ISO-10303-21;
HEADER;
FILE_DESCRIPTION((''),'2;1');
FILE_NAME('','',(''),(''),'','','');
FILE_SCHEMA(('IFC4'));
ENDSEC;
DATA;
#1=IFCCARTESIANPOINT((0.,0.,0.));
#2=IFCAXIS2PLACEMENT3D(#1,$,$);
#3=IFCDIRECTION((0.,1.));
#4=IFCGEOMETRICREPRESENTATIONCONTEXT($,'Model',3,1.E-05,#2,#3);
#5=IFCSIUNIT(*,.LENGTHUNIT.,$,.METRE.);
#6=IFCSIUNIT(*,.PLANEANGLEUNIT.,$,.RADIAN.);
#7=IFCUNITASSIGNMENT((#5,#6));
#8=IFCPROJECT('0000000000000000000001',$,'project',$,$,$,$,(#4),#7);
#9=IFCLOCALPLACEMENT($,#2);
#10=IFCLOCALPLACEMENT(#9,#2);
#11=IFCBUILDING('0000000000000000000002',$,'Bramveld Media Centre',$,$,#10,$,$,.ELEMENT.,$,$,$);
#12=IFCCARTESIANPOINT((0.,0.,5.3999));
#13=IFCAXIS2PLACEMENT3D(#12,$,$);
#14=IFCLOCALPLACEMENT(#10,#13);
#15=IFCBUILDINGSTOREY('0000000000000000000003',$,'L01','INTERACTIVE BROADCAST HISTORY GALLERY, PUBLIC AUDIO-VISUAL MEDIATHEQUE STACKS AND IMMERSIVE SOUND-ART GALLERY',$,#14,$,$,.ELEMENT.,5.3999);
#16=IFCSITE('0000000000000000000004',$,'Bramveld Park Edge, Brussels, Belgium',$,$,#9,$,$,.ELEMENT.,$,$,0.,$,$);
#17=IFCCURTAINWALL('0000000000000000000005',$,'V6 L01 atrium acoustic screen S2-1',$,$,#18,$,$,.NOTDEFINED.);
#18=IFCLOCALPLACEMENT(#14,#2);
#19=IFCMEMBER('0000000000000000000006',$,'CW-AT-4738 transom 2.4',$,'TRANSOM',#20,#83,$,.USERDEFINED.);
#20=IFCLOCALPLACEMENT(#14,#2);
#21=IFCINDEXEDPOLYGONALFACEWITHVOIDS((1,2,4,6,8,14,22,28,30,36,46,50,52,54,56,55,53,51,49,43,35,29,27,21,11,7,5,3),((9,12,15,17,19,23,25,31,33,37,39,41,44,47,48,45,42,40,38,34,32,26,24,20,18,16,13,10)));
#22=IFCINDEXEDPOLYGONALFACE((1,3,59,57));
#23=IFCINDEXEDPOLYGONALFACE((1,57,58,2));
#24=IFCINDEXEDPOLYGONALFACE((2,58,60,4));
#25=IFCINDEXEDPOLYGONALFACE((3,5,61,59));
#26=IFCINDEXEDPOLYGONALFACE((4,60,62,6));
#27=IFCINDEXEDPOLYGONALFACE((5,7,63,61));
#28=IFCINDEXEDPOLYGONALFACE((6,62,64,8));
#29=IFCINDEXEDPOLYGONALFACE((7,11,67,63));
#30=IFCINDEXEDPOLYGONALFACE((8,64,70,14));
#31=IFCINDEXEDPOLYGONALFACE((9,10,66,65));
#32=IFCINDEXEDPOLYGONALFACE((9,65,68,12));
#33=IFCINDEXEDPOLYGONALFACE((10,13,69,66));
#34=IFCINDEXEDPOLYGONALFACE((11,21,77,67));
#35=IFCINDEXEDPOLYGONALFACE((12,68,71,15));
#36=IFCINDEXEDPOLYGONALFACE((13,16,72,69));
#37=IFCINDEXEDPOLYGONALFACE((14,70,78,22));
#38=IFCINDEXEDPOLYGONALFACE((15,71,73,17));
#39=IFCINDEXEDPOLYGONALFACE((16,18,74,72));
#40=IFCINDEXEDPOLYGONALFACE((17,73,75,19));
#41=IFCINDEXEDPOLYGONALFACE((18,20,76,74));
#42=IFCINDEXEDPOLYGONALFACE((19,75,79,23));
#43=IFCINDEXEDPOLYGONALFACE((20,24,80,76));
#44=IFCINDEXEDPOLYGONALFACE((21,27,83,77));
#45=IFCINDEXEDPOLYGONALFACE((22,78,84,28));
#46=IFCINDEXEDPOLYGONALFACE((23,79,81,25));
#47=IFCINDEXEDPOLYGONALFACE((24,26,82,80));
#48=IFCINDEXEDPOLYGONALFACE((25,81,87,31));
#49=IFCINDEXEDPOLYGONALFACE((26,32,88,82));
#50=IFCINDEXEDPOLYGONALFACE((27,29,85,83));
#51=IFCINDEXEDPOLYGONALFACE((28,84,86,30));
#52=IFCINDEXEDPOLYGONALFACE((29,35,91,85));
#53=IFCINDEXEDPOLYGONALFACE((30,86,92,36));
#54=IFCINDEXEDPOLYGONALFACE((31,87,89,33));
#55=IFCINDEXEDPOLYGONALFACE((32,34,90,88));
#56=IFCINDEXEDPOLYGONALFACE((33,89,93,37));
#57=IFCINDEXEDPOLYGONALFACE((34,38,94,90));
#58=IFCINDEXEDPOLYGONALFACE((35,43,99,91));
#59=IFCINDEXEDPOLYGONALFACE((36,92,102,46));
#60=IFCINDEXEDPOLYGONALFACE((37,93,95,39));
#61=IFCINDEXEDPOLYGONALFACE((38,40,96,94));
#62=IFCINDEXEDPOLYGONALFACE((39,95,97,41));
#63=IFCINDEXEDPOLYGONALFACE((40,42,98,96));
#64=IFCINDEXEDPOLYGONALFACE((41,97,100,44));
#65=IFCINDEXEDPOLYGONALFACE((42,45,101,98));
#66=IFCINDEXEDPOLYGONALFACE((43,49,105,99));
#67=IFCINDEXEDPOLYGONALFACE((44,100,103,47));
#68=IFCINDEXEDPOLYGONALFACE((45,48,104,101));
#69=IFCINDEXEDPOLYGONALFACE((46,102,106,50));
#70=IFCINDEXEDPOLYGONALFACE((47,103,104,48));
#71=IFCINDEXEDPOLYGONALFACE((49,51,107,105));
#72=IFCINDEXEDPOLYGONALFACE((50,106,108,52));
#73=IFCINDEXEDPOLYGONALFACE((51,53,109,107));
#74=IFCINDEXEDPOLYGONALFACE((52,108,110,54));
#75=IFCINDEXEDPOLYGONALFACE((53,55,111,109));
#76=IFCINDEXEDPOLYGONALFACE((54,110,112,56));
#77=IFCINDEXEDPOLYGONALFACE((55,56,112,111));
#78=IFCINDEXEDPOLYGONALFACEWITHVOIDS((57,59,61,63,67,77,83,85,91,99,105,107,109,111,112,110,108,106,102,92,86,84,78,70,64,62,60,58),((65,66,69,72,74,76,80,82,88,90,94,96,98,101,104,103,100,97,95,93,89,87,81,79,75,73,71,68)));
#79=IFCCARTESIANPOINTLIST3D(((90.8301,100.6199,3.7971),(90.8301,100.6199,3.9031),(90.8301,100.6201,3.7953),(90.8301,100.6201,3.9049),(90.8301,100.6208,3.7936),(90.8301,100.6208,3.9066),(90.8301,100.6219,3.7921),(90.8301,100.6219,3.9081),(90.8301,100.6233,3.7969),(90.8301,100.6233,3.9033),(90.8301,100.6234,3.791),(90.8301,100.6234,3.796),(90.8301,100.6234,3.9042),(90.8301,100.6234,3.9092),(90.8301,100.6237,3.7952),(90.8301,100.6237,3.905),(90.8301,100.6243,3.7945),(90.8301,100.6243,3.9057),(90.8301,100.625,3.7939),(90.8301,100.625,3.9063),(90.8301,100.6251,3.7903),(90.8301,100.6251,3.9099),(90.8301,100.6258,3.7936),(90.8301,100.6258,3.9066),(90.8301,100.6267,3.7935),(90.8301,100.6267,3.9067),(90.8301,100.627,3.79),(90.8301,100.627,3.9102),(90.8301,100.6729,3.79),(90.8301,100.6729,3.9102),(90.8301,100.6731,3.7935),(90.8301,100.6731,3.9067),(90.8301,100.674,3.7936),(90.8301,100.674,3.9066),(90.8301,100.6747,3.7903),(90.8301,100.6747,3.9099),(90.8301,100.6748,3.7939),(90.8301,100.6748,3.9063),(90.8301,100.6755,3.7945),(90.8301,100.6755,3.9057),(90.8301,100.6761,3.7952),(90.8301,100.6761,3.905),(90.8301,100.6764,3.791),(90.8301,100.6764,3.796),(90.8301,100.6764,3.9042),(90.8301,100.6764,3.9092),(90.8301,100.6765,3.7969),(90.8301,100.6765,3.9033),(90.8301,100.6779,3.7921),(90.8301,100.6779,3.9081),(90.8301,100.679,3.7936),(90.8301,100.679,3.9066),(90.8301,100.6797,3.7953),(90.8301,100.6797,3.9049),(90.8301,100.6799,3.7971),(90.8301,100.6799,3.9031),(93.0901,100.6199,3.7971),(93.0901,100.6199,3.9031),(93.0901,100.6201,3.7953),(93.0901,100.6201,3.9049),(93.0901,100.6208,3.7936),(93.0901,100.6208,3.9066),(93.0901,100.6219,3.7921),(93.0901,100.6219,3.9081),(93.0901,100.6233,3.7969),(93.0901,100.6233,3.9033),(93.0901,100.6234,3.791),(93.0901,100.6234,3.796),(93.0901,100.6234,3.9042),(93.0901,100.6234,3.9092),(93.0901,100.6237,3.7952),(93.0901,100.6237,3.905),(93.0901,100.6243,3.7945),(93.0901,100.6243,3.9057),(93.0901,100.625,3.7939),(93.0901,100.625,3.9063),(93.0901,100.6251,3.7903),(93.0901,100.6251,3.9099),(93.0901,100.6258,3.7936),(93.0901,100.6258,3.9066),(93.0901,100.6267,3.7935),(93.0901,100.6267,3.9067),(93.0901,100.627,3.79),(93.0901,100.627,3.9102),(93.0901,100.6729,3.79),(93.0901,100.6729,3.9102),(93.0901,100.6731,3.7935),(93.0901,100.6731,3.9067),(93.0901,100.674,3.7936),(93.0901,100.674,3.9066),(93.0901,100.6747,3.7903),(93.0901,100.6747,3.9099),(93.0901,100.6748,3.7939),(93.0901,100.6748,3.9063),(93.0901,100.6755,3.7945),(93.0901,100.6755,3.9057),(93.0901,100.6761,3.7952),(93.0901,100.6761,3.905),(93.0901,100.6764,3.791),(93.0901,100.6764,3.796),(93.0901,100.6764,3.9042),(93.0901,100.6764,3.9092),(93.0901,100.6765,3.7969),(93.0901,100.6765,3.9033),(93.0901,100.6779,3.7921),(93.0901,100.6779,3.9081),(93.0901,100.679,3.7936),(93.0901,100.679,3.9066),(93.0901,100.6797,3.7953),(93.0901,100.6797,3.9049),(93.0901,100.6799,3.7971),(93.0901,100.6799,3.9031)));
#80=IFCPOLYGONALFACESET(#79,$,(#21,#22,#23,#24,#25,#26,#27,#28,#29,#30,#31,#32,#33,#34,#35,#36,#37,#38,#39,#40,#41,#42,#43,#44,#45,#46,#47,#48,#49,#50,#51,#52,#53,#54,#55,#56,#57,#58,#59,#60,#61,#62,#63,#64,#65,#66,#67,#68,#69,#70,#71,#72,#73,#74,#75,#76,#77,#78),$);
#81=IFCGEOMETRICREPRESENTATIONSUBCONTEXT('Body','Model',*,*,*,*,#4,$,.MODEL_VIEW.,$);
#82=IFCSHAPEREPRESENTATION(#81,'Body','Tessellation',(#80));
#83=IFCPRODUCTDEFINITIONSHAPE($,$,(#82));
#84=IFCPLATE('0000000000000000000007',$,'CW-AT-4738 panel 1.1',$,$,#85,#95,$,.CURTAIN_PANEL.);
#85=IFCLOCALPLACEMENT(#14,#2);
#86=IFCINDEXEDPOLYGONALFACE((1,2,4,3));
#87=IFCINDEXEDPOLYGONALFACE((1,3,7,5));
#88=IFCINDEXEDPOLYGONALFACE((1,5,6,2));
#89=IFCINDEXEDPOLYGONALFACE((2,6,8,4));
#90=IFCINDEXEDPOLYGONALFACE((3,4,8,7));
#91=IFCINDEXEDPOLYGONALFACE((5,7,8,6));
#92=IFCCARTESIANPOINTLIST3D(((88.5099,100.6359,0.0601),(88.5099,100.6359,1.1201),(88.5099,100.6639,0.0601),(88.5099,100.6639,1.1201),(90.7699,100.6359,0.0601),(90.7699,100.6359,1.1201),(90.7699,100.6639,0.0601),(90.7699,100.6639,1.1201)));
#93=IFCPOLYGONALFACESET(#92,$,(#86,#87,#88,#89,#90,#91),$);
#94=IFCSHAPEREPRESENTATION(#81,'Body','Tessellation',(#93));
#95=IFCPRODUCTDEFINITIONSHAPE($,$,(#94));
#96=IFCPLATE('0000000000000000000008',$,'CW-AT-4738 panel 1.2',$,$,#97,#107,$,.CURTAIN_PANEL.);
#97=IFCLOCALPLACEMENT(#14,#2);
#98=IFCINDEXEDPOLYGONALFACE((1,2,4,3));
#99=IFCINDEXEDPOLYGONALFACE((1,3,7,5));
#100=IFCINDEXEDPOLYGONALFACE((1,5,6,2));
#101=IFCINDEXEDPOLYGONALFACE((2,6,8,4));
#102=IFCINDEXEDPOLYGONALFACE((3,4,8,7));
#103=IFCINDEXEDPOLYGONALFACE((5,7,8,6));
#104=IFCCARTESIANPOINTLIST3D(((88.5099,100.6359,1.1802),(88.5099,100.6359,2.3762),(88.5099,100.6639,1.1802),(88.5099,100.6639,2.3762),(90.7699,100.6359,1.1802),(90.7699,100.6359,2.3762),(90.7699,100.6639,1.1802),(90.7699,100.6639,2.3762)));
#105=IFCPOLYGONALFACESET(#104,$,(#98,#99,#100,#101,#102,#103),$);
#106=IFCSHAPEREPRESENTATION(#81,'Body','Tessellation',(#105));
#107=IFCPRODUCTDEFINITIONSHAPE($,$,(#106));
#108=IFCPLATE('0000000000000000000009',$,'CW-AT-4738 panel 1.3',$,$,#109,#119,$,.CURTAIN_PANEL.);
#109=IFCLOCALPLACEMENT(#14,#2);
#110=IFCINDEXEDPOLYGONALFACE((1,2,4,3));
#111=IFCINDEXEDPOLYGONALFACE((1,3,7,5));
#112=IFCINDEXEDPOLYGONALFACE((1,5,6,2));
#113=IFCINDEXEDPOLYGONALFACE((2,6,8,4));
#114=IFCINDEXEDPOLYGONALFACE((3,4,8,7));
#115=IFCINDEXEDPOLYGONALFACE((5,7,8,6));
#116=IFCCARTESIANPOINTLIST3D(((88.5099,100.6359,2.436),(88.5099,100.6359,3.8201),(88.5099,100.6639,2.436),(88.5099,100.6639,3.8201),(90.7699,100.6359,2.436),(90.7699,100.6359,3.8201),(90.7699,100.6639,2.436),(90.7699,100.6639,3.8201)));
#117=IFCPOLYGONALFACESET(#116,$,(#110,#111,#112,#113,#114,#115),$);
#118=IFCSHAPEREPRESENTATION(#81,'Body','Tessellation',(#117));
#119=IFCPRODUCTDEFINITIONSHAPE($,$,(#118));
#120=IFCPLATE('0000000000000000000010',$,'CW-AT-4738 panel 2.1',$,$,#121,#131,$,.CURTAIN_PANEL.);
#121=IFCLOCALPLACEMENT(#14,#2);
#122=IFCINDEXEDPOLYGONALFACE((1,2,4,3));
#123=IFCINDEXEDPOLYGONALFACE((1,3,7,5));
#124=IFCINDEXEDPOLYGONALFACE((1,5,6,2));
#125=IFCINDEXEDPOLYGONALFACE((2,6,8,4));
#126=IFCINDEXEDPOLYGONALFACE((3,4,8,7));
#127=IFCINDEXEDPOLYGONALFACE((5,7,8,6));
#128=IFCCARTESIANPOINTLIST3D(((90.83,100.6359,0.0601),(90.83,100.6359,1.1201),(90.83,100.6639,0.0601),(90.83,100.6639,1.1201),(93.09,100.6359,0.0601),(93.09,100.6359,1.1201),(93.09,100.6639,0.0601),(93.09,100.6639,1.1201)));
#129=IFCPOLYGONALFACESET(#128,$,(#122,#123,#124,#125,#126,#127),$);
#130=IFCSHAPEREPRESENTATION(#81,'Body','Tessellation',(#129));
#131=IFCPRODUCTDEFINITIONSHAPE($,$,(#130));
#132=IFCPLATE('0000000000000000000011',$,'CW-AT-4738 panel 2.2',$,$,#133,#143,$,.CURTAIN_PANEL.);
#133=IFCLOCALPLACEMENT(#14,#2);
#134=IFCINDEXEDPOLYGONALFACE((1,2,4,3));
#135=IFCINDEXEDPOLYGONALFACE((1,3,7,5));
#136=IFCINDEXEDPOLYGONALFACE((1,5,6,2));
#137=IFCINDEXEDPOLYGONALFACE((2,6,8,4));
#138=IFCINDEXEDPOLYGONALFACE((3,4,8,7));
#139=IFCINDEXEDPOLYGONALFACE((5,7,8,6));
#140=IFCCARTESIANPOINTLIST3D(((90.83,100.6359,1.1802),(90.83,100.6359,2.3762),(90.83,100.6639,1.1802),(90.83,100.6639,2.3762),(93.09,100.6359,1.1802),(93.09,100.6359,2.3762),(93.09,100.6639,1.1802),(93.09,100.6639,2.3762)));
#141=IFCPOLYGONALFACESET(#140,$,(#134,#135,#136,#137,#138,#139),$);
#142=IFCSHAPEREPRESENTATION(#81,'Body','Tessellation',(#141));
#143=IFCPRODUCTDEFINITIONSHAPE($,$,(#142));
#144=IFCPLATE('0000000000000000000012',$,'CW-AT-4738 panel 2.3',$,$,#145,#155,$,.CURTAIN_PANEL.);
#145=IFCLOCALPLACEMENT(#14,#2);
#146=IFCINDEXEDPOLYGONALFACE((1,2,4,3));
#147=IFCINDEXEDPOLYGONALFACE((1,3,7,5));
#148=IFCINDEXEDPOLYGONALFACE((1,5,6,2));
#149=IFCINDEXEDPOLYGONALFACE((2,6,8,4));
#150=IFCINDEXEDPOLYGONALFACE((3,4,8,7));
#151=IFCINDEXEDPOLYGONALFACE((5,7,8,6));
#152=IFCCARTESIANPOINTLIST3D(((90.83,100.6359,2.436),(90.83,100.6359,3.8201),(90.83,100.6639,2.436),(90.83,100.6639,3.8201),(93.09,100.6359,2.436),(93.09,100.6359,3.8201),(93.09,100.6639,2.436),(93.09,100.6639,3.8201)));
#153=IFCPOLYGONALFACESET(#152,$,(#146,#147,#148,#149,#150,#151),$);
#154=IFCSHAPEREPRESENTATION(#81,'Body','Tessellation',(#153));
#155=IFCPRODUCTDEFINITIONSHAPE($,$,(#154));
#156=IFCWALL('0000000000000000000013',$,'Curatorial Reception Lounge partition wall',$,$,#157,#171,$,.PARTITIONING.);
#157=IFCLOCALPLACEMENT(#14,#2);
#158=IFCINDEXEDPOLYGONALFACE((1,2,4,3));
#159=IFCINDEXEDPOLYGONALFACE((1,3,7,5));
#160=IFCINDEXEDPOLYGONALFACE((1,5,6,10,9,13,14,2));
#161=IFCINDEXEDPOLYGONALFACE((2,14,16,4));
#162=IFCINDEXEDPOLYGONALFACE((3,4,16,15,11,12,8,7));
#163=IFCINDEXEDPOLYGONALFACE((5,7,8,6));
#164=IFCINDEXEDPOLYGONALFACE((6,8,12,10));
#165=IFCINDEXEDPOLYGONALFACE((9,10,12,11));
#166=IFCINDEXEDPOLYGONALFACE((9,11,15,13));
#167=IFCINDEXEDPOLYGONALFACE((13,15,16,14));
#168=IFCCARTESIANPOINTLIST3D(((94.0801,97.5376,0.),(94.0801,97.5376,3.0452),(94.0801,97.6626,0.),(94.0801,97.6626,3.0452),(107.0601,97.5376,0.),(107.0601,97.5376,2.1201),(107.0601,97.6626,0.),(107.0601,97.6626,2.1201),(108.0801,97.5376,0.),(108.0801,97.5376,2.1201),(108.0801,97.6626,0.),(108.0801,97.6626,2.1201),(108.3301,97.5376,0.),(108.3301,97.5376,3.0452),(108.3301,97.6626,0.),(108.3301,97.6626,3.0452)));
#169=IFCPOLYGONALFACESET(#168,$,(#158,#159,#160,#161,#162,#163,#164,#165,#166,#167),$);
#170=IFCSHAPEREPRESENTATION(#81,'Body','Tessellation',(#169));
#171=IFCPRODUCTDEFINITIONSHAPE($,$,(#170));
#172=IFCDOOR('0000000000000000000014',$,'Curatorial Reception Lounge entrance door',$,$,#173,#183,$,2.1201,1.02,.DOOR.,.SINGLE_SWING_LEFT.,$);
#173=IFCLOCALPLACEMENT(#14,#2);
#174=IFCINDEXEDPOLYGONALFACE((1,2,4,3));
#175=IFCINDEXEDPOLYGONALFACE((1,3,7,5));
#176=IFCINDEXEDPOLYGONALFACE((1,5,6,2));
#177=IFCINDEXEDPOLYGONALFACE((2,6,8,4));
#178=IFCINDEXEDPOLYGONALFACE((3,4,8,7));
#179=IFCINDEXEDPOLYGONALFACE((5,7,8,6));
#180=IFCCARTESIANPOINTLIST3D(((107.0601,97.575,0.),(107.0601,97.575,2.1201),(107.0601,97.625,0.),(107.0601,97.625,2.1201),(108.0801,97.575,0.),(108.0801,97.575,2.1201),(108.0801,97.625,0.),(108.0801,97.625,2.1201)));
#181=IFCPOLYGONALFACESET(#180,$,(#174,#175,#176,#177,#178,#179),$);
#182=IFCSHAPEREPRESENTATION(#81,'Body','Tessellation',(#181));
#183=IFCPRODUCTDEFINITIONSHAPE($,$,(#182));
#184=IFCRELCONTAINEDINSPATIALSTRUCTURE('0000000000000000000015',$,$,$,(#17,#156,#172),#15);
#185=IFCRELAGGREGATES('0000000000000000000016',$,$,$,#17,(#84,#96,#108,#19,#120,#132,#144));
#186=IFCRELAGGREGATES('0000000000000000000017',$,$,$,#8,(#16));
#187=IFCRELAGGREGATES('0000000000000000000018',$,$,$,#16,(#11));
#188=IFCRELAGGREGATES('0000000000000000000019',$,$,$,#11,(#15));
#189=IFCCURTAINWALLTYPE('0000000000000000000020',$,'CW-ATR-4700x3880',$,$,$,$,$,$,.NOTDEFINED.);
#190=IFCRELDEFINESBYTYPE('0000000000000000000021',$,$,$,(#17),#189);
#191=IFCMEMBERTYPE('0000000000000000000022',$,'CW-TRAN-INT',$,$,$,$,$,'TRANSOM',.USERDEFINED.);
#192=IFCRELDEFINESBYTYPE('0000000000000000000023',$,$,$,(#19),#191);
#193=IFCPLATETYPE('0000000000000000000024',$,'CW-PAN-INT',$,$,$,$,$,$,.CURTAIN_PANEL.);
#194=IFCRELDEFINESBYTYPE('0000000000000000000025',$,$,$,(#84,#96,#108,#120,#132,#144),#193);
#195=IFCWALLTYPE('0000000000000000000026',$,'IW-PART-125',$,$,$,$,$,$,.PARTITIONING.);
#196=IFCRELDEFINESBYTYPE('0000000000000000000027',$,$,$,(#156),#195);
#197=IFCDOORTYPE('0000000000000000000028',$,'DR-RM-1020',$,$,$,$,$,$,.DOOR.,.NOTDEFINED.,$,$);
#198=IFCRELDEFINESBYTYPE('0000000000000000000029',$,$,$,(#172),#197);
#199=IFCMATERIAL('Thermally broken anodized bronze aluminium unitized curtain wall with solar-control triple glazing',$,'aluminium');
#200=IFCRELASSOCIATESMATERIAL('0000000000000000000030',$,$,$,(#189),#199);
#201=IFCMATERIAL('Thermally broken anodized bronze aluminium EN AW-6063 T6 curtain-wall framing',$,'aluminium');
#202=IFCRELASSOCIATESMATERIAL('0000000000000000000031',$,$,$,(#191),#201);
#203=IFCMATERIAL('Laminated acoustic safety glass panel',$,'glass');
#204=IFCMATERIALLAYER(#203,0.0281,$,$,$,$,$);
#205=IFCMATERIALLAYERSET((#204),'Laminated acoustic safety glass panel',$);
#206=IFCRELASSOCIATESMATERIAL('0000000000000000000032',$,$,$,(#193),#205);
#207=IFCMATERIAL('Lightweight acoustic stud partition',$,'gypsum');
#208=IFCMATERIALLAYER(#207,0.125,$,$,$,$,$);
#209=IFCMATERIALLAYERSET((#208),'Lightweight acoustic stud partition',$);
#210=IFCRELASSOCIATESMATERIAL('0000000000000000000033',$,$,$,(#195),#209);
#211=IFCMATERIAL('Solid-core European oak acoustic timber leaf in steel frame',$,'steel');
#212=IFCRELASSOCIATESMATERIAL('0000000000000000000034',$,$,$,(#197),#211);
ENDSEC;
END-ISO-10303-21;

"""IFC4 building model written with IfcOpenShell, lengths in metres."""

from ifc_helpers import new_model, si_unit, direction, frame, frame_2d, origin, origin_2d, place, context, subcontext, project, spatial, rectangle, hollow_rectangle, extrude, material, layer, layer_set, material_profile, profile_set, type_object, element, fill, aggregate, save


model = new_model("IFC4")

# Units and contexts
model_context = context("Model", 3, precision=1e-05, world=origin(), true_north=direction((0.0, 1.0)))
body_context = subcontext(model_context, "Body", "Model", "MODEL_VIEW")
ifc_project = project(units=[si_unit("LENGTHUNIT", "METRE"), si_unit("PLANEANGLEUNIT", "RADIAN")], contexts=[model_context])

# Site, building, storey
site_placement = place(None, origin())
site = spatial("IfcSite", under=ifc_project, at=site_placement, Name="Bramveld Park Edge, Brussels, Belgium", CompositionType="ELEMENT", RefElevation=0.0)
building_placement = place(site_placement, origin())
building = spatial("IfcBuilding", under=site, at=building_placement, Name="Bramveld Media Centre", CompositionType="ELEMENT")
storey_placement = place(building_placement, frame((0.0, 0.0, 5.3999)))
storey = spatial("IfcBuildingStorey", under=building, at=storey_placement, Name="L01", Description="INTERACTIVE BROADCAST HISTORY GALLERY, PUBLIC AUDIO-VISUAL MEDIATHEQUE STACKS AND IMMERSIVE SOUND-ART GALLERY", CompositionType="ELEMENT", Elevation=5.3999)

# Curtain wall, member, plates
ifc_material_1 = material(Name="Thermally broken anodized bronze aluminium unitized curtain wall with solar-control triple glazing", Category="aluminium")
curtain_wall_type = type_object("IfcCurtainWallType", Name="CW-ATR-4700x3880", PredefinedType="NOTDEFINED", material=ifc_material_1)
curtain_wall_placement = place(storey_placement, origin())
curtain_wall = element("IfcCurtainWall", 1, at=curtain_wall_placement, inside=storey, type_object=curtain_wall_type, Name="V6 L01 atrium acoustic screen S2-1", PredefinedType="NOTDEFINED")
ifc_material_2 = material(Name="Thermally broken anodized bronze aluminium EN AW-6063 T6 curtain-wall framing", Category="aluminium")
ifc_material_profile_1 = material_profile(ifc_material_2, hollow_rectangle(XDim=0.0601, YDim=0.1201, WallThickness=0.0034, InnerFilletRadius=0.0034, OuterFilletRadius=0.0071, at=origin_2d()), Name="AL-TRAN 60x120")
ifc_profile_set_1 = profile_set([ifc_material_profile_1], Name="Thermally broken anodized bronze aluminium EN AW-6063 T6 curtain-wall framing")
member_type_1 = type_object("IfcMemberType", Name="CW-TRAN-INT", ElementType="TRANSOM", PredefinedType="USERDEFINED", material=ifc_profile_set_1)
member_1_placement = place(storey_placement, frame((90.8301, 100.6499, 3.8501), z_axis=(1.0, 0.0, 0.0), x_axis=(0.0, 1.0, 0.0)))
member_1 = element("IfcMember", 2, at=member_1_placement, type_object=member_type_1, Name="CW-AT-4738 transom 2.4", ObjectType="TRANSOM", PredefinedType="USERDEFINED", context=body_context, shape_type="SweptSolid", body=[
    extrude(hollow_rectangle(XDim=0.0601, YDim=0.1201, WallThickness=0.0034, InnerFilletRadius=0.0034, OuterFilletRadius=0.0071, at=origin_2d()), origin(), (0.0, 0.0, 1.0), 2.26),
])
ifc_material_3 = material(Name="Laminated acoustic safety glass panel", Category="glass")
ifc_layer_1 = layer(ifc_material_3, 0.0281)
ifc_layer_set_1 = layer_set([ifc_layer_1], Name="Laminated acoustic safety glass panel")
plate_type = type_object("IfcPlateType", Name="CW-PAN-INT", PredefinedType="CURTAIN_PANEL", material=ifc_layer_set_1)
plate_1_placement = place(storey_placement, frame((89.6399, 100.6499, 0.0601), z_axis=(0.0, 0.0, 1.0), x_axis=(1.0, 0.0, 0.0)))
plate_1 = element("IfcPlate", 3, at=plate_1_placement, type_object=plate_type, Name="CW-AT-4738 panel 1.1", PredefinedType="CURTAIN_PANEL", context=body_context, shape_type="SweptSolid", body=[
    extrude(rectangle(XDim=2.26, YDim=0.0281, at=origin_2d()), origin(), (0.0, 0.0, 1.0), 1.0601),
])
plate_2_placement = place(storey_placement, frame((89.6399, 100.6499, 1.1802), z_axis=(0.0, 0.0, 1.0), x_axis=(1.0, 0.0, 0.0)))
plate_2 = element("IfcPlate", 4, at=plate_2_placement, type_object=plate_type, Name="CW-AT-4738 panel 1.2", PredefinedType="CURTAIN_PANEL", context=body_context, shape_type="SweptSolid", body=[
    extrude(rectangle(XDim=2.26, YDim=0.0281, at=origin_2d()), origin(), (0.0, 0.0, 1.0), 1.196),
])
plate_3_placement = place(storey_placement, frame((89.6399, 100.6499, 2.436), z_axis=(0.0, 0.0, 1.0), x_axis=(1.0, 0.0, 0.0)))
plate_3 = element("IfcPlate", 5, at=plate_3_placement, type_object=plate_type, Name="CW-AT-4738 panel 1.3", PredefinedType="CURTAIN_PANEL", context=body_context, shape_type="SweptSolid", body=[
    extrude(rectangle(XDim=2.26, YDim=0.0281, at=origin_2d()), origin(), (0.0, 0.0, 1.0), 1.384),
])
plate_4_placement = place(storey_placement, frame((91.96, 100.6499, 0.0601), z_axis=(0.0, 0.0, 1.0), x_axis=(1.0, 0.0, 0.0)))
plate_4 = element("IfcPlate", 6, at=plate_4_placement, type_object=plate_type, Name="CW-AT-4738 panel 2.1", PredefinedType="CURTAIN_PANEL", context=body_context, shape_type="SweptSolid", body=[
    extrude(rectangle(XDim=2.26, YDim=0.0281, at=origin_2d()), origin(), (0.0, 0.0, 1.0), 1.0601),
])
plate_5_placement = place(storey_placement, frame((91.96, 100.6499, 1.1802), z_axis=(0.0, 0.0, 1.0), x_axis=(1.0, 0.0, 0.0)))
plate_5 = element("IfcPlate", 7, at=plate_5_placement, type_object=plate_type, Name="CW-AT-4738 panel 2.2", PredefinedType="CURTAIN_PANEL", context=body_context, shape_type="SweptSolid", body=[
    extrude(rectangle(XDim=2.26, YDim=0.0281, at=origin_2d()), origin(), (0.0, 0.0, 1.0), 1.196),
])
plate_6_placement = place(storey_placement, frame((91.96, 100.6499, 2.436), z_axis=(0.0, 0.0, 1.0), x_axis=(1.0, 0.0, 0.0)))
plate_6 = element("IfcPlate", 8, at=plate_6_placement, type_object=plate_type, Name="CW-AT-4738 panel 2.3", PredefinedType="CURTAIN_PANEL", context=body_context, shape_type="SweptSolid", body=[
    extrude(rectangle(XDim=2.26, YDim=0.0281, at=origin_2d()), origin(), (0.0, 0.0, 1.0), 1.384),
])
aggregate(curtain_wall, [plate_1, plate_2, plate_3, member_1, plate_4, plate_5, plate_6])

# Wall, opening, door
ifc_material_4 = material(Name="Lightweight acoustic stud partition", Category="gypsum")
ifc_layer_2 = layer(ifc_material_4, 0.125)
ifc_layer_set_2 = layer_set([ifc_layer_2], Name="Lightweight acoustic stud partition")
wall_type_1 = type_object("IfcWallType", Name="IW-PART-125", PredefinedType="PARTITIONING", material=ifc_layer_set_2)
wall_1_placement = place(storey_placement, frame((94.0801, 97.6001, 0.0), z_axis=(0.0, 0.0, 1.0), x_axis=(1.0, 0.0, 0.0)))
wall_1 = element("IfcWall", 9, at=wall_1_placement, inside=storey, type_object=wall_type_1, Name="Curatorial Reception Lounge partition wall", PredefinedType="PARTITIONING", context=body_context, shape_type="SweptSolid", body=[
    extrude(rectangle(XDim=14.25, YDim=0.125, at=frame_2d((7.125, 0.0))), origin(), (0.0, 0.0, 1.0), 3.0452),
])
opening_1_placement = place(wall_1_placement, frame((12.98, 0.0, 0.0)))
opening_1 = element("IfcOpeningElement", 10, at=opening_1_placement, cuts=wall_1, PredefinedType="OPENING", context=body_context, shape_type="SweptSolid", body=[
    extrude(rectangle(XDim=1.02, YDim=2.1201, at=frame_2d((0.51, 1.0601))), frame((0.0, 0.0745, 0.0), z_axis=(0.0, -1.0, 0.0), x_axis=(1.0, 0.0, 0.0)), (0.0, 0.0, 1.0), 0.1489),
])
ifc_material_5 = material(Name="Solid-core European oak acoustic timber leaf in steel frame", Category="steel")
door_type_1 = type_object("IfcDoorType", Name="DR-RM-1020", OperationType="NOTDEFINED", PredefinedType="DOOR", material=ifc_material_5)
door_1_placement = place(opening_1_placement, origin())
door_1 = element("IfcDoor", 11, at=door_1_placement, inside=storey, type_object=door_type_1, Name="Curatorial Reception Lounge entrance door", OperationType="SINGLE_SWING_LEFT", OverallHeight=2.1201, OverallWidth=1.02, PredefinedType="DOOR", context=body_context, shape_type="SweptSolid", body=[
    extrude(rectangle(XDim=1.02, YDim=2.1201, at=frame_2d((0.51, 1.0601))), frame((0.0, 0.0249, 0.0), z_axis=(0.0, -1.0, 0.0), x_axis=(1.0, 0.0, 0.0)), (0.0, 0.0, 1.0), 0.05),
])
fill(opening_1, door_1)

save(model, "model.ifc")
